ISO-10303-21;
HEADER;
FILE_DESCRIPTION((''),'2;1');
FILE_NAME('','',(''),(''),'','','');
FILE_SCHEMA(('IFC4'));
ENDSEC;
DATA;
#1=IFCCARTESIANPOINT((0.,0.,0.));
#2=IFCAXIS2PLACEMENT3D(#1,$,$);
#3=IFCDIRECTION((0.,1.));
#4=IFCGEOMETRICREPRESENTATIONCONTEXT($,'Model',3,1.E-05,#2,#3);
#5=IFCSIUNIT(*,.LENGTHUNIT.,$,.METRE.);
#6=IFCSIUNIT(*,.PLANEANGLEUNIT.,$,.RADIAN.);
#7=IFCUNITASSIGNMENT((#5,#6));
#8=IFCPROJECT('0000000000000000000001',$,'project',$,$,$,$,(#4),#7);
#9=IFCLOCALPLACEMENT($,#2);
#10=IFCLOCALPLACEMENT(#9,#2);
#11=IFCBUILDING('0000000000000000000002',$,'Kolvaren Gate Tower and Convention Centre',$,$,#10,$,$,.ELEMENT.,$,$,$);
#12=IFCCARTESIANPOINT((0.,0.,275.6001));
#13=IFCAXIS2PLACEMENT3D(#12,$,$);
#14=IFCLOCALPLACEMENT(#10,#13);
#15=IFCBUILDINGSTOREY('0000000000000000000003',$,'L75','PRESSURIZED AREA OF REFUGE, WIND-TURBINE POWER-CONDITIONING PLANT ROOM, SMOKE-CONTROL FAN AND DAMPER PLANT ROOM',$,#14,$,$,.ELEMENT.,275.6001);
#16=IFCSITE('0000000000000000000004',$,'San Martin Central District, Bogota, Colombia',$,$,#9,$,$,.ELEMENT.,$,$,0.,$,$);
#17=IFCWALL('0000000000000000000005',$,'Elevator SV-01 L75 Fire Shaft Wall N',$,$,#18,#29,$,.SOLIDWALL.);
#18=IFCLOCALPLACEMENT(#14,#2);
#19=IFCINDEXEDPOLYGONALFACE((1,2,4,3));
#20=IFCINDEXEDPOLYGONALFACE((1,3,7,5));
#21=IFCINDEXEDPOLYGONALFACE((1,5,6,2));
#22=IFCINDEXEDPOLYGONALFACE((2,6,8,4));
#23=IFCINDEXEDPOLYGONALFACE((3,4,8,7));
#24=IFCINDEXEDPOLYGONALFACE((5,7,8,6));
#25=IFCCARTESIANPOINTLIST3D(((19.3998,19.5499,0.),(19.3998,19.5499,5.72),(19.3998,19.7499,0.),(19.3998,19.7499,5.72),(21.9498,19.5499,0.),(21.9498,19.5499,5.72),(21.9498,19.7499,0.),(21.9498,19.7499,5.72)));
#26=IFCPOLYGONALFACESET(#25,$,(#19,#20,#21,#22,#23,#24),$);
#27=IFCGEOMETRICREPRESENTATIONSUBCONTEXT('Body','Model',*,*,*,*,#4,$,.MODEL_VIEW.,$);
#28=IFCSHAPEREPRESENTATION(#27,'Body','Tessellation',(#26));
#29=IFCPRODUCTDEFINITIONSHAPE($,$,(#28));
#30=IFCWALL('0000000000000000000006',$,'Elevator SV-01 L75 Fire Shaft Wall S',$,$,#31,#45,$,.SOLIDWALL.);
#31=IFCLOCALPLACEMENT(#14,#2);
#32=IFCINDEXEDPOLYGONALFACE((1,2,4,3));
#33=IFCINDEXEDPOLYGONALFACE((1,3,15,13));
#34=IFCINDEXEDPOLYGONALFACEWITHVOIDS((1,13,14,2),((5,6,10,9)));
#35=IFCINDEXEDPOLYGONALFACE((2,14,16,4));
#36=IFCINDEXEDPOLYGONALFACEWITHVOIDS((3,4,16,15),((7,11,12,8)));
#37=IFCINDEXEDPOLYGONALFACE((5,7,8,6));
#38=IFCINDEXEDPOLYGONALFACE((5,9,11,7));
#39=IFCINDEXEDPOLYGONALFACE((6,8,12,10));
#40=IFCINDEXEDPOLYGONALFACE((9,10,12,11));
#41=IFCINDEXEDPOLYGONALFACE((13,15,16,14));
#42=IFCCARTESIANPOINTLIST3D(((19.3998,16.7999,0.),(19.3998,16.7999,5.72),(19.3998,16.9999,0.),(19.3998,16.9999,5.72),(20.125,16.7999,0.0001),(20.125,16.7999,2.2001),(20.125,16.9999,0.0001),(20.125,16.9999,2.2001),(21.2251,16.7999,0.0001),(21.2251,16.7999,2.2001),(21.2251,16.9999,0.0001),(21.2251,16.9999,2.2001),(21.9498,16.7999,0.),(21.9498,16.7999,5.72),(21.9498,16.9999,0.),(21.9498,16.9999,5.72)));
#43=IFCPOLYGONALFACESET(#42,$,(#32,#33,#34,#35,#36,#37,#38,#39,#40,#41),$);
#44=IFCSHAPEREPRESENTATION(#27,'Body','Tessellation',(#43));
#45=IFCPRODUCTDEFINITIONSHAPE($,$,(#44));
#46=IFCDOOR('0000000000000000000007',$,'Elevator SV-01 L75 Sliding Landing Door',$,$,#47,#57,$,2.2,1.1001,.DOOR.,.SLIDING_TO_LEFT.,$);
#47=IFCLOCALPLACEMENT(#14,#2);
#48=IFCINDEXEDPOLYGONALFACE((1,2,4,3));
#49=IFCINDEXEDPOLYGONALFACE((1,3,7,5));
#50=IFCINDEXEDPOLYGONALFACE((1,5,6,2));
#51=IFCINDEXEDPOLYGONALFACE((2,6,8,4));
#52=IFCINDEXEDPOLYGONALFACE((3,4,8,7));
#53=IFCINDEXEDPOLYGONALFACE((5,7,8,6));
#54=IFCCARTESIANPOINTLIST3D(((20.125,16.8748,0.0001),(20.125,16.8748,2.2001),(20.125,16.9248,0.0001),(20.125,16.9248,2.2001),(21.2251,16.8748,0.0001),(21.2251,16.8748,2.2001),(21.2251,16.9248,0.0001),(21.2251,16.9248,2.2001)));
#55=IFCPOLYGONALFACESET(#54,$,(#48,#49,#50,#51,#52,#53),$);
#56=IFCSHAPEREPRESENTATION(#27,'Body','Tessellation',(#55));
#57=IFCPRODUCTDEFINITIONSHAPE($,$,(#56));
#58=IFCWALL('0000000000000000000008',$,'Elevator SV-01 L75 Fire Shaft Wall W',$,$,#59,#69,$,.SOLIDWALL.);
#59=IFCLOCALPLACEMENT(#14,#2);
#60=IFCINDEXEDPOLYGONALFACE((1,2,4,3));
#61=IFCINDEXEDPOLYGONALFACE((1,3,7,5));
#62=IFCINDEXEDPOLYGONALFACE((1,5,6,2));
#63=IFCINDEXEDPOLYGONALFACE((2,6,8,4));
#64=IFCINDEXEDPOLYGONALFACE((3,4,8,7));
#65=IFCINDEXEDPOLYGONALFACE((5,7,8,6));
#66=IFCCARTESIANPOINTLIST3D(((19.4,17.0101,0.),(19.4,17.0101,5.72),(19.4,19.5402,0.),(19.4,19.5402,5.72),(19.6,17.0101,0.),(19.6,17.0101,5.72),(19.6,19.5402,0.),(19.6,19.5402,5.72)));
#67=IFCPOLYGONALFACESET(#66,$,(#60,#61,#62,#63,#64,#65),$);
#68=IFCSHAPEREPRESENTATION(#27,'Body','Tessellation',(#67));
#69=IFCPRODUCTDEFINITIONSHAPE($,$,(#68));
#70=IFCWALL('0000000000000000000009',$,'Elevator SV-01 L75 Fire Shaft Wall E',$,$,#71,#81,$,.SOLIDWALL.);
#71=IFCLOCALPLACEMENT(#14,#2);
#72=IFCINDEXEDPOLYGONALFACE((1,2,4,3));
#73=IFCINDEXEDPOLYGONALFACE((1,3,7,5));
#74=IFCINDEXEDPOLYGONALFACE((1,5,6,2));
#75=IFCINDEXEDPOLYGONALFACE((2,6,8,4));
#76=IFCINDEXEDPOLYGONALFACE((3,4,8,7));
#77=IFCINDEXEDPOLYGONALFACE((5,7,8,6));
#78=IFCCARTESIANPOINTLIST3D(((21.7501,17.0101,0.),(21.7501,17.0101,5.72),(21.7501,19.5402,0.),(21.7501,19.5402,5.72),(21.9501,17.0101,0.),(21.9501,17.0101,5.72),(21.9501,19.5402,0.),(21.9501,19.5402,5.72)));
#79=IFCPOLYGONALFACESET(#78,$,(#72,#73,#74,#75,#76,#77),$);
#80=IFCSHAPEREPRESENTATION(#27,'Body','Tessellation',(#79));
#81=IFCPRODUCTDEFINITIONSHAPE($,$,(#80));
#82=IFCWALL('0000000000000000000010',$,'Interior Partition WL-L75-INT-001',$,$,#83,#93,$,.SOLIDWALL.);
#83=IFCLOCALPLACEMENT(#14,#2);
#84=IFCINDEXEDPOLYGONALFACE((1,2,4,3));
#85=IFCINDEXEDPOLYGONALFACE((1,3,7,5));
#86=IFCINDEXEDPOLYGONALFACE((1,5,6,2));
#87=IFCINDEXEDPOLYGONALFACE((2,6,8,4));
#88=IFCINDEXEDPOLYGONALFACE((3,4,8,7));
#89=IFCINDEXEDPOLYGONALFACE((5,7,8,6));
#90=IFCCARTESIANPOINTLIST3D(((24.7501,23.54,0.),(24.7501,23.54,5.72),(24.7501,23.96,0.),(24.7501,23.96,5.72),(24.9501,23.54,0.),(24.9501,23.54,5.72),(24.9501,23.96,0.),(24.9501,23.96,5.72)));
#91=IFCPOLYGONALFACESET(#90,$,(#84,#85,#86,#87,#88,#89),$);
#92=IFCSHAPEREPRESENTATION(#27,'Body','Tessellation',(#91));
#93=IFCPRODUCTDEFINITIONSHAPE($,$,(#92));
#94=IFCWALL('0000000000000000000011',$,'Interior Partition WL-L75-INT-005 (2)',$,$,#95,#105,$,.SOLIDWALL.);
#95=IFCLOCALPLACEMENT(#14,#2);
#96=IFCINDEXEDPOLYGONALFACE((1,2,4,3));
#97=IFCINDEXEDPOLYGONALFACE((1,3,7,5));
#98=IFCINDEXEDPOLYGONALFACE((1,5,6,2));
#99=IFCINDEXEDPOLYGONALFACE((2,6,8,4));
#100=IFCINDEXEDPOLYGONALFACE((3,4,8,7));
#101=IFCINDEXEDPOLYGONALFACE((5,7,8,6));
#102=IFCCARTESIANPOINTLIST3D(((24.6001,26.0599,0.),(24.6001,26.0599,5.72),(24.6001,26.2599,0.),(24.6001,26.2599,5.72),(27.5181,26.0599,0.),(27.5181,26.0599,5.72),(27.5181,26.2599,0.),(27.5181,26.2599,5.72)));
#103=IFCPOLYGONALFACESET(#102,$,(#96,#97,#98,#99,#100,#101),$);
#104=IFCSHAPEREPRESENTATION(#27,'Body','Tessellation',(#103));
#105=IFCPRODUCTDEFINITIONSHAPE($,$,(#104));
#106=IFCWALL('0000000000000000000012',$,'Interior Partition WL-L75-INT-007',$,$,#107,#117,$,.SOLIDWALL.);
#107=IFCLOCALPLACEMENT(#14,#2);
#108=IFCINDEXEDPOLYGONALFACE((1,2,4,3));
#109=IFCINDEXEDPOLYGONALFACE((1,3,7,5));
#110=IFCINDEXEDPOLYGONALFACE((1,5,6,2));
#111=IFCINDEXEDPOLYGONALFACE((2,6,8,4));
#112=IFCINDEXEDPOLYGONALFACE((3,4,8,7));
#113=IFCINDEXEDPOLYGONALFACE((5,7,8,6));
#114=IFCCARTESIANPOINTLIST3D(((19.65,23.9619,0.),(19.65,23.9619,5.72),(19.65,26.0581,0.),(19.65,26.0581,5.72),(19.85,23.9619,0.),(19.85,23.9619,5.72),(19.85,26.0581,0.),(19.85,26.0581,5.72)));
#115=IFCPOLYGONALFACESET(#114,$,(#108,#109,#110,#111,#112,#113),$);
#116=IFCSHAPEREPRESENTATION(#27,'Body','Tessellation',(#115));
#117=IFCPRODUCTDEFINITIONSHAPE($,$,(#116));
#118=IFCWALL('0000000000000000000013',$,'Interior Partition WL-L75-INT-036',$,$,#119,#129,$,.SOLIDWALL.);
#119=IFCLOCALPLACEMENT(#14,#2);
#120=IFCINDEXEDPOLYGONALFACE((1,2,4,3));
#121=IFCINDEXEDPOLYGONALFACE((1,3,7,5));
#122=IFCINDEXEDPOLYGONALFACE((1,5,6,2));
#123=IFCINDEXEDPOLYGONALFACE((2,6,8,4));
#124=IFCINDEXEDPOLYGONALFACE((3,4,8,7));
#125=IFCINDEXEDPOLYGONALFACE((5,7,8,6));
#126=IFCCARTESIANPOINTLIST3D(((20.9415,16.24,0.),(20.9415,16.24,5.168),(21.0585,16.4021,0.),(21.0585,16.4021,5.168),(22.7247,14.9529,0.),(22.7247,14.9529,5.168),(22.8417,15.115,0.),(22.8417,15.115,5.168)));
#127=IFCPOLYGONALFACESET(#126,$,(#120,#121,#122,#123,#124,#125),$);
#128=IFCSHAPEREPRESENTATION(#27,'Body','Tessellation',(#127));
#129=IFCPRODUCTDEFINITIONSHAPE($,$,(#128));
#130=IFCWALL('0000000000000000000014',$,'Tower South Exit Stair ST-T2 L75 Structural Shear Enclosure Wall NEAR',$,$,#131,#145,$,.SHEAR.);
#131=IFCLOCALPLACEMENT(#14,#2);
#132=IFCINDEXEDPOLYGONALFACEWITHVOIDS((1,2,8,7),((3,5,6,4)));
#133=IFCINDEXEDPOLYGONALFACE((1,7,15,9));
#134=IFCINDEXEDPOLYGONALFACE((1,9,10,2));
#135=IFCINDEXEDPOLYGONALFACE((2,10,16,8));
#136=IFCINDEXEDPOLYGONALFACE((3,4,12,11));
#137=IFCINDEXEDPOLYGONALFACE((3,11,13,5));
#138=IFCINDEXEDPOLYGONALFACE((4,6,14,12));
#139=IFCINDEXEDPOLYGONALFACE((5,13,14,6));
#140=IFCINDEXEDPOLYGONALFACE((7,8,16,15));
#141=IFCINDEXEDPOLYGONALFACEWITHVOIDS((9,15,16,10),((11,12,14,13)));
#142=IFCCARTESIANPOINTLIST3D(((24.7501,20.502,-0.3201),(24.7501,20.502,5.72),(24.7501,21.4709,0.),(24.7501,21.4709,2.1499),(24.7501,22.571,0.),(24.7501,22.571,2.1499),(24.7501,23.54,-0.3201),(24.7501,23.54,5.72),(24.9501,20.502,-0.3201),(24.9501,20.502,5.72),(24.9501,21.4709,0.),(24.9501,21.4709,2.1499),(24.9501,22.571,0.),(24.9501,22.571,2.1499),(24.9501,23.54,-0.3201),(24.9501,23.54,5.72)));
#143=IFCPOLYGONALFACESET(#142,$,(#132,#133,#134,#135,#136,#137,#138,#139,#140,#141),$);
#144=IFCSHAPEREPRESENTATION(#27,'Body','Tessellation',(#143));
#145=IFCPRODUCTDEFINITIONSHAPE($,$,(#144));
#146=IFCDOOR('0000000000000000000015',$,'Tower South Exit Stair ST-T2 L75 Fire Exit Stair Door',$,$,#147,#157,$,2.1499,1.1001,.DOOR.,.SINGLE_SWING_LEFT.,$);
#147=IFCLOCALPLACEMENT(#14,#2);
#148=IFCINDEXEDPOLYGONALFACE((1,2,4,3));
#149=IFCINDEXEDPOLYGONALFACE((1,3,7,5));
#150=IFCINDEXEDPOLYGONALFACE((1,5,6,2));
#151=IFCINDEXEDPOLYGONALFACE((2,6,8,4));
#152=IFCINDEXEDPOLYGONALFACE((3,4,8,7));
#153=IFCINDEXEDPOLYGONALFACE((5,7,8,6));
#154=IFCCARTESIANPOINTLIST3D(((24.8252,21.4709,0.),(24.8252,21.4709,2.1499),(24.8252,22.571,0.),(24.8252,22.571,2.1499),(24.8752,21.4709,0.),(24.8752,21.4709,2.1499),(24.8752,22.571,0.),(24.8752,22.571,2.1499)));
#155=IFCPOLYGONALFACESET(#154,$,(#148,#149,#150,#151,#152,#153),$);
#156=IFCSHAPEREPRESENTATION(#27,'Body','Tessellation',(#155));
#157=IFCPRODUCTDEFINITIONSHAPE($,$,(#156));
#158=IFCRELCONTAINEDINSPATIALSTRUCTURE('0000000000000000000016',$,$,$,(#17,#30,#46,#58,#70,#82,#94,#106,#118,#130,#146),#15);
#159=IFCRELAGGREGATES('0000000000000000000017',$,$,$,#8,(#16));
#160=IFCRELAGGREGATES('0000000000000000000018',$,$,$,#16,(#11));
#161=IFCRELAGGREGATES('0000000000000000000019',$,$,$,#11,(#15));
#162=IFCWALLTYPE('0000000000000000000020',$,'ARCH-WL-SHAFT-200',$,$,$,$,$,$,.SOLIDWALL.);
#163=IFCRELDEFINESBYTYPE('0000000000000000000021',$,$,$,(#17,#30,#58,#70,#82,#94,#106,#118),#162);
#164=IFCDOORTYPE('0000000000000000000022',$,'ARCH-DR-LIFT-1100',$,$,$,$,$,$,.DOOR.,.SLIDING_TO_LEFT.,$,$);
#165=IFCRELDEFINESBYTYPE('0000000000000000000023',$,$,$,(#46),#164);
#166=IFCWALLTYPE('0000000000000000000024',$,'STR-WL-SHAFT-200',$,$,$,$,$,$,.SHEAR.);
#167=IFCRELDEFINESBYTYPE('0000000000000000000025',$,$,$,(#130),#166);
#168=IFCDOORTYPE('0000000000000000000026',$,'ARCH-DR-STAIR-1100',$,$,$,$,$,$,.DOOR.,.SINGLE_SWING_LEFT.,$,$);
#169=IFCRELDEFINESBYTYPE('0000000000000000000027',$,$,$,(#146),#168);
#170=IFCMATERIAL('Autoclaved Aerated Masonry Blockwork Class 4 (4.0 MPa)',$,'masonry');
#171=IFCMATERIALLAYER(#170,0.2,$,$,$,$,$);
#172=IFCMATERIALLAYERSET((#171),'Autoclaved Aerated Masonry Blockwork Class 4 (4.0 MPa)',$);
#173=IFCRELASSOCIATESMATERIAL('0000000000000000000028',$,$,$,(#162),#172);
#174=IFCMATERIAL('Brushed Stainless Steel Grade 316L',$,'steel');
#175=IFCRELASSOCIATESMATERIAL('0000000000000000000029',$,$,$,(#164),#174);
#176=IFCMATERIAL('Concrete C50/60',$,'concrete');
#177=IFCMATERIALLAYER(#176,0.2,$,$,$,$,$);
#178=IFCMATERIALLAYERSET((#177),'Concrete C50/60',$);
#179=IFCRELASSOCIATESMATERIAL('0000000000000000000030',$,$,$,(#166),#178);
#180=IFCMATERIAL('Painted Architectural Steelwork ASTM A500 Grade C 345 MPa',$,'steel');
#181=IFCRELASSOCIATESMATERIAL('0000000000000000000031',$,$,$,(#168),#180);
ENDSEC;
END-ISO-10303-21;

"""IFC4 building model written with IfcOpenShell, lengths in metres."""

from ifc_helpers import new_model, si_unit, direction, frame, frame_2d, origin, place, context, subcontext, project, spatial, rectangle, extrude, material, layer, layer_set, type_object, element, fill, save


model = new_model("IFC4")

# Units and contexts
model_context = context("Model", 3, precision=1e-05, world=origin(), true_north=direction((0.0, 1.0)))
body_context = subcontext(model_context, "Body", "Model", "MODEL_VIEW")
ifc_project = project(units=[si_unit("LENGTHUNIT", "METRE"), si_unit("PLANEANGLEUNIT", "RADIAN")], contexts=[model_context])

# Site, building, storey
site_placement = place(None, origin())
site = spatial("IfcSite", under=ifc_project, at=site_placement, Name="San Martin Central District, Bogota, Colombia", CompositionType="ELEMENT", RefElevation=0.0)
building_placement = place(site_placement, origin())
building = spatial("IfcBuilding", under=site, at=building_placement, Name="Kolvaren Gate Tower and Convention Centre", CompositionType="ELEMENT")
storey_placement = place(building_placement, frame((0.0, 0.0, 275.6001)))
storey = spatial("IfcBuildingStorey", under=building, at=storey_placement, Name="L75", Description="PRESSURIZED AREA OF REFUGE, WIND-TURBINE POWER-CONDITIONING PLANT ROOM, SMOKE-CONTROL FAN AND DAMPER PLANT ROOM", CompositionType="ELEMENT", Elevation=275.6001)

# Shared definitions
ifc_material_1 = material(Name="Concrete C50/60", Category="concrete")

# Shared definitions
ifc_material_2 = material(Name="Autoclaved Aerated Masonry Blockwork Class 4 (4.0 MPa)", Category="masonry")
ifc_layer_1 = layer(ifc_material_2, 0.2)
ifc_layer_set_1 = layer_set([ifc_layer_1], Name="Autoclaved Aerated Masonry Blockwork Class 4 (4.0 MPa)")
wall_type_1 = type_object("IfcWallType", Name="ARCH-WL-SHAFT-200", PredefinedType="SOLIDWALL", material=ifc_layer_set_1)

# Shared definitions
ifc_material_3 = material(Name="Brushed Stainless Steel Grade 316L", Category="steel")
door_type_1 = type_object("IfcDoorType", Name="ARCH-DR-LIFT-1100", OperationType="SLIDING_TO_LEFT", PredefinedType="DOOR", material=ifc_material_3)

# Wall
wall_1_placement = place(storey_placement, frame((19.3999, 19.6499, 0.0), z_axis=(0.0, 0.0, 1.0), x_axis=(1.0, 0.0, 0.0)))
element("IfcWall", 1, at=wall_1_placement, inside=storey, type_object=wall_type_1, Name="Elevator SV-01 L75 Fire Shaft Wall N", PredefinedType="SOLIDWALL", context=body_context, shape_type="SweptSolid", body=[
    extrude(rectangle(XDim=2.55, YDim=0.2, at=frame_2d((1.2749, 0.0))), origin(), (0.0, 0.0, 1.0), 5.72),
])

# Wall, opening, door
wall_2_placement = place(storey_placement, frame((19.3999, 16.8999, 0.0), z_axis=(0.0, 0.0, 1.0), x_axis=(1.0, 0.0, 0.0)))
wall_2 = element("IfcWall", 2, at=wall_2_placement, inside=storey, type_object=wall_type_1, Name="Elevator SV-01 L75 Fire Shaft Wall S", PredefinedType="SOLIDWALL", context=body_context, shape_type="SweptSolid", body=[
    extrude(rectangle(XDim=2.55, YDim=0.2, at=frame_2d((1.2749, 0.0))), origin(), (0.0, 0.0, 1.0), 5.72),
])
opening_1_placement = place(wall_2_placement, frame((0.7251, 0.0, 0.0)))
opening_1 = element("IfcOpeningElement", 3, at=opening_1_placement, cuts=wall_2, PredefinedType="OPENING", context=body_context, shape_type="SweptSolid", body=[
    extrude(rectangle(XDim=1.1001, YDim=2.2, at=frame_2d((0.55, 1.1001))), frame((0.0, 0.1099, 0.0), z_axis=(0.0, -1.0, 0.0), x_axis=(1.0, 0.0, 0.0)), (0.0, 0.0, 1.0), 0.22),
])
door_1_placement = place(opening_1_placement, origin())
door_1 = element("IfcDoor", 4, at=door_1_placement, inside=storey, type_object=door_type_1, Name="Elevator SV-01 L75 Sliding Landing Door", OperationType="SLIDING_TO_LEFT", OverallHeight=2.2, OverallWidth=1.1001, PredefinedType="DOOR", context=body_context, shape_type="SweptSolid", body=[
    extrude(rectangle(XDim=1.1001, YDim=2.2, at=frame_2d((0.55, 1.1001))), frame((0.0, 0.0249, 0.0), z_axis=(0.0, -1.0, 0.0), x_axis=(1.0, 0.0, 0.0)), (0.0, 0.0, 1.0), 0.05),
])
fill(opening_1, door_1)

# Walls
for number, where, z_axis, x_axis, name in (
    (5, (19.5, 17.01, 0.0), (0.0, 0.0, 1.0), (0.0, 1.0, 0.0), "Elevator SV-01 L75 Fire Shaft Wall W"),
    (6, (21.8501, 17.01, 0.0), (0.0, 0.0, 1.0), (0.0, 1.0, 0.0), "Elevator SV-01 L75 Fire Shaft Wall E"),
):
    element("IfcWall", number, at=place(storey_placement, frame(where, z_axis=z_axis, x_axis=x_axis)), inside=storey, type_object=wall_type_1, Name=name, PredefinedType="SOLIDWALL", context=body_context, shape_type="SweptSolid", body=[
        extrude(rectangle(XDim=2.53, YDim=0.2, at=frame_2d((1.2651, 0.0))), origin(), (0.0, 0.0, 1.0), 5.72),
    ])
wall_3_placement = place(storey_placement, frame((24.8501, 23.54, 0.0), z_axis=(0.0, 0.0, 1.0), x_axis=(0.0, 1.0, 0.0)))
element("IfcWall", 7, at=wall_3_placement, inside=storey, type_object=wall_type_1, Name="Interior Partition WL-L75-INT-001", PredefinedType="SOLIDWALL", context=body_context, shape_type="SweptSolid", body=[
    extrude(rectangle(XDim=0.4199, YDim=0.2, at=frame_2d((0.21, 0.0))), origin(), (0.0, 0.0, 1.0), 5.72),
])
wall_4_placement = place(storey_placement, frame((24.6001, 26.1599, 0.0), z_axis=(0.0, 0.0, 1.0), x_axis=(1.0, 0.0, 0.0)))
element("IfcWall", 8, at=wall_4_placement, inside=storey, type_object=wall_type_1, Name="Interior Partition WL-L75-INT-005 (2)", PredefinedType="SOLIDWALL", context=body_context, shape_type="SweptSolid", body=[
    extrude(rectangle(XDim=2.918, YDim=0.2, at=frame_2d((1.459, 0.0))), origin(), (0.0, 0.0, 1.0), 5.72),
])
wall_5_placement = place(storey_placement, frame((19.75, 23.9619, 0.0), z_axis=(0.0, 0.0, 1.0), x_axis=(0.0, 1.0, 0.0)))
element("IfcWall", 9, at=wall_5_placement, inside=storey, type_object=wall_type_1, Name="Interior Partition WL-L75-INT-007", PredefinedType="SOLIDWALL", context=body_context, shape_type="SweptSolid", body=[
    extrude(rectangle(XDim=2.0962, YDim=0.2, at=frame_2d((1.0481, 0.0))), origin(), (0.0, 0.0, 1.0), 5.72),
])
wall_6_placement = place(storey_placement, frame((21.0, 16.321, 0.0), z_axis=(0.0, 0.0, 1.0), x_axis=(0.810843, -0.585264, 0.0)))
element("IfcWall", 10, at=wall_6_placement, inside=storey, type_object=wall_type_1, Name="Interior Partition WL-L75-INT-036", PredefinedType="SOLIDWALL", context=body_context, shape_type="SweptSolid", body=[
    extrude(rectangle(XDim=2.1992, YDim=0.2, at=frame_2d((1.0996, 0.0))), origin(), (0.0, 0.0, 1.0), 5.168),
])

# Wall, opening, door
ifc_layer_2 = layer(ifc_material_1, 0.2)
ifc_layer_set_2 = layer_set([ifc_layer_2], Name="Concrete C50/60")
wall_type_2 = type_object("IfcWallType", Name="STR-WL-SHAFT-200", PredefinedType="SHEAR", material=ifc_layer_set_2)
wall_7_placement = place(storey_placement, frame((24.8501, 20.502, -0.3201), z_axis=(0.0, 0.0, 1.0), x_axis=(0.0, 1.0, 0.0)))
wall_7 = element("IfcWall", 11, at=wall_7_placement, inside=storey, type_object=wall_type_2, Name="Tower South Exit Stair ST-T2 L75 Structural Shear Enclosure Wall NEAR", PredefinedType="SHEAR", context=body_context, shape_type="SweptSolid", body=[
    extrude(rectangle(XDim=3.0381, YDim=0.2, at=frame_2d((1.519, 0.0))), origin(), (0.0, 0.0, 1.0), 6.04),
])
opening_2_placement = place(wall_7_placement, frame((0.969, 0.0, 0.3201)))
opening_2 = element("IfcOpeningElement", 12, at=opening_2_placement, cuts=wall_7, PredefinedType="OPENING", context=body_context, shape_type="SweptSolid", body=[
    extrude(rectangle(XDim=1.1001, YDim=2.1499, at=frame_2d((0.55, 1.075))), frame((0.0, 0.1099, 0.0), z_axis=(0.0, -1.0, 0.0), x_axis=(1.0, 0.0, 0.0)), (0.0, 0.0, 1.0), 0.22),
])
ifc_material_4 = material(Name="Painted Architectural Steelwork ASTM A500 Grade C 345 MPa", Category="steel")
door_type_2 = type_object("IfcDoorType", Name="ARCH-DR-STAIR-1100", OperationType="SINGLE_SWING_LEFT", PredefinedType="DOOR", material=ifc_material_4)
door_2_placement = place(opening_2_placement, origin())
door_2 = element("IfcDoor", 13, at=door_2_placement, inside=storey, type_object=door_type_2, Name="Tower South Exit Stair ST-T2 L75 Fire Exit Stair Door", OperationType="SINGLE_SWING_LEFT", OverallHeight=2.1499, OverallWidth=1.1001, PredefinedType="DOOR", context=body_context, shape_type="SweptSolid", body=[
    extrude(rectangle(XDim=1.1001, YDim=2.1499, at=frame_2d((0.55, 1.075))), frame((0.0, 0.0249, 0.0), z_axis=(0.0, -1.0, 0.0), x_axis=(1.0, 0.0, 0.0)), (0.0, 0.0, 1.0), 0.05),
])
fill(opening_2, door_2)

save(model, "model.ifc")
